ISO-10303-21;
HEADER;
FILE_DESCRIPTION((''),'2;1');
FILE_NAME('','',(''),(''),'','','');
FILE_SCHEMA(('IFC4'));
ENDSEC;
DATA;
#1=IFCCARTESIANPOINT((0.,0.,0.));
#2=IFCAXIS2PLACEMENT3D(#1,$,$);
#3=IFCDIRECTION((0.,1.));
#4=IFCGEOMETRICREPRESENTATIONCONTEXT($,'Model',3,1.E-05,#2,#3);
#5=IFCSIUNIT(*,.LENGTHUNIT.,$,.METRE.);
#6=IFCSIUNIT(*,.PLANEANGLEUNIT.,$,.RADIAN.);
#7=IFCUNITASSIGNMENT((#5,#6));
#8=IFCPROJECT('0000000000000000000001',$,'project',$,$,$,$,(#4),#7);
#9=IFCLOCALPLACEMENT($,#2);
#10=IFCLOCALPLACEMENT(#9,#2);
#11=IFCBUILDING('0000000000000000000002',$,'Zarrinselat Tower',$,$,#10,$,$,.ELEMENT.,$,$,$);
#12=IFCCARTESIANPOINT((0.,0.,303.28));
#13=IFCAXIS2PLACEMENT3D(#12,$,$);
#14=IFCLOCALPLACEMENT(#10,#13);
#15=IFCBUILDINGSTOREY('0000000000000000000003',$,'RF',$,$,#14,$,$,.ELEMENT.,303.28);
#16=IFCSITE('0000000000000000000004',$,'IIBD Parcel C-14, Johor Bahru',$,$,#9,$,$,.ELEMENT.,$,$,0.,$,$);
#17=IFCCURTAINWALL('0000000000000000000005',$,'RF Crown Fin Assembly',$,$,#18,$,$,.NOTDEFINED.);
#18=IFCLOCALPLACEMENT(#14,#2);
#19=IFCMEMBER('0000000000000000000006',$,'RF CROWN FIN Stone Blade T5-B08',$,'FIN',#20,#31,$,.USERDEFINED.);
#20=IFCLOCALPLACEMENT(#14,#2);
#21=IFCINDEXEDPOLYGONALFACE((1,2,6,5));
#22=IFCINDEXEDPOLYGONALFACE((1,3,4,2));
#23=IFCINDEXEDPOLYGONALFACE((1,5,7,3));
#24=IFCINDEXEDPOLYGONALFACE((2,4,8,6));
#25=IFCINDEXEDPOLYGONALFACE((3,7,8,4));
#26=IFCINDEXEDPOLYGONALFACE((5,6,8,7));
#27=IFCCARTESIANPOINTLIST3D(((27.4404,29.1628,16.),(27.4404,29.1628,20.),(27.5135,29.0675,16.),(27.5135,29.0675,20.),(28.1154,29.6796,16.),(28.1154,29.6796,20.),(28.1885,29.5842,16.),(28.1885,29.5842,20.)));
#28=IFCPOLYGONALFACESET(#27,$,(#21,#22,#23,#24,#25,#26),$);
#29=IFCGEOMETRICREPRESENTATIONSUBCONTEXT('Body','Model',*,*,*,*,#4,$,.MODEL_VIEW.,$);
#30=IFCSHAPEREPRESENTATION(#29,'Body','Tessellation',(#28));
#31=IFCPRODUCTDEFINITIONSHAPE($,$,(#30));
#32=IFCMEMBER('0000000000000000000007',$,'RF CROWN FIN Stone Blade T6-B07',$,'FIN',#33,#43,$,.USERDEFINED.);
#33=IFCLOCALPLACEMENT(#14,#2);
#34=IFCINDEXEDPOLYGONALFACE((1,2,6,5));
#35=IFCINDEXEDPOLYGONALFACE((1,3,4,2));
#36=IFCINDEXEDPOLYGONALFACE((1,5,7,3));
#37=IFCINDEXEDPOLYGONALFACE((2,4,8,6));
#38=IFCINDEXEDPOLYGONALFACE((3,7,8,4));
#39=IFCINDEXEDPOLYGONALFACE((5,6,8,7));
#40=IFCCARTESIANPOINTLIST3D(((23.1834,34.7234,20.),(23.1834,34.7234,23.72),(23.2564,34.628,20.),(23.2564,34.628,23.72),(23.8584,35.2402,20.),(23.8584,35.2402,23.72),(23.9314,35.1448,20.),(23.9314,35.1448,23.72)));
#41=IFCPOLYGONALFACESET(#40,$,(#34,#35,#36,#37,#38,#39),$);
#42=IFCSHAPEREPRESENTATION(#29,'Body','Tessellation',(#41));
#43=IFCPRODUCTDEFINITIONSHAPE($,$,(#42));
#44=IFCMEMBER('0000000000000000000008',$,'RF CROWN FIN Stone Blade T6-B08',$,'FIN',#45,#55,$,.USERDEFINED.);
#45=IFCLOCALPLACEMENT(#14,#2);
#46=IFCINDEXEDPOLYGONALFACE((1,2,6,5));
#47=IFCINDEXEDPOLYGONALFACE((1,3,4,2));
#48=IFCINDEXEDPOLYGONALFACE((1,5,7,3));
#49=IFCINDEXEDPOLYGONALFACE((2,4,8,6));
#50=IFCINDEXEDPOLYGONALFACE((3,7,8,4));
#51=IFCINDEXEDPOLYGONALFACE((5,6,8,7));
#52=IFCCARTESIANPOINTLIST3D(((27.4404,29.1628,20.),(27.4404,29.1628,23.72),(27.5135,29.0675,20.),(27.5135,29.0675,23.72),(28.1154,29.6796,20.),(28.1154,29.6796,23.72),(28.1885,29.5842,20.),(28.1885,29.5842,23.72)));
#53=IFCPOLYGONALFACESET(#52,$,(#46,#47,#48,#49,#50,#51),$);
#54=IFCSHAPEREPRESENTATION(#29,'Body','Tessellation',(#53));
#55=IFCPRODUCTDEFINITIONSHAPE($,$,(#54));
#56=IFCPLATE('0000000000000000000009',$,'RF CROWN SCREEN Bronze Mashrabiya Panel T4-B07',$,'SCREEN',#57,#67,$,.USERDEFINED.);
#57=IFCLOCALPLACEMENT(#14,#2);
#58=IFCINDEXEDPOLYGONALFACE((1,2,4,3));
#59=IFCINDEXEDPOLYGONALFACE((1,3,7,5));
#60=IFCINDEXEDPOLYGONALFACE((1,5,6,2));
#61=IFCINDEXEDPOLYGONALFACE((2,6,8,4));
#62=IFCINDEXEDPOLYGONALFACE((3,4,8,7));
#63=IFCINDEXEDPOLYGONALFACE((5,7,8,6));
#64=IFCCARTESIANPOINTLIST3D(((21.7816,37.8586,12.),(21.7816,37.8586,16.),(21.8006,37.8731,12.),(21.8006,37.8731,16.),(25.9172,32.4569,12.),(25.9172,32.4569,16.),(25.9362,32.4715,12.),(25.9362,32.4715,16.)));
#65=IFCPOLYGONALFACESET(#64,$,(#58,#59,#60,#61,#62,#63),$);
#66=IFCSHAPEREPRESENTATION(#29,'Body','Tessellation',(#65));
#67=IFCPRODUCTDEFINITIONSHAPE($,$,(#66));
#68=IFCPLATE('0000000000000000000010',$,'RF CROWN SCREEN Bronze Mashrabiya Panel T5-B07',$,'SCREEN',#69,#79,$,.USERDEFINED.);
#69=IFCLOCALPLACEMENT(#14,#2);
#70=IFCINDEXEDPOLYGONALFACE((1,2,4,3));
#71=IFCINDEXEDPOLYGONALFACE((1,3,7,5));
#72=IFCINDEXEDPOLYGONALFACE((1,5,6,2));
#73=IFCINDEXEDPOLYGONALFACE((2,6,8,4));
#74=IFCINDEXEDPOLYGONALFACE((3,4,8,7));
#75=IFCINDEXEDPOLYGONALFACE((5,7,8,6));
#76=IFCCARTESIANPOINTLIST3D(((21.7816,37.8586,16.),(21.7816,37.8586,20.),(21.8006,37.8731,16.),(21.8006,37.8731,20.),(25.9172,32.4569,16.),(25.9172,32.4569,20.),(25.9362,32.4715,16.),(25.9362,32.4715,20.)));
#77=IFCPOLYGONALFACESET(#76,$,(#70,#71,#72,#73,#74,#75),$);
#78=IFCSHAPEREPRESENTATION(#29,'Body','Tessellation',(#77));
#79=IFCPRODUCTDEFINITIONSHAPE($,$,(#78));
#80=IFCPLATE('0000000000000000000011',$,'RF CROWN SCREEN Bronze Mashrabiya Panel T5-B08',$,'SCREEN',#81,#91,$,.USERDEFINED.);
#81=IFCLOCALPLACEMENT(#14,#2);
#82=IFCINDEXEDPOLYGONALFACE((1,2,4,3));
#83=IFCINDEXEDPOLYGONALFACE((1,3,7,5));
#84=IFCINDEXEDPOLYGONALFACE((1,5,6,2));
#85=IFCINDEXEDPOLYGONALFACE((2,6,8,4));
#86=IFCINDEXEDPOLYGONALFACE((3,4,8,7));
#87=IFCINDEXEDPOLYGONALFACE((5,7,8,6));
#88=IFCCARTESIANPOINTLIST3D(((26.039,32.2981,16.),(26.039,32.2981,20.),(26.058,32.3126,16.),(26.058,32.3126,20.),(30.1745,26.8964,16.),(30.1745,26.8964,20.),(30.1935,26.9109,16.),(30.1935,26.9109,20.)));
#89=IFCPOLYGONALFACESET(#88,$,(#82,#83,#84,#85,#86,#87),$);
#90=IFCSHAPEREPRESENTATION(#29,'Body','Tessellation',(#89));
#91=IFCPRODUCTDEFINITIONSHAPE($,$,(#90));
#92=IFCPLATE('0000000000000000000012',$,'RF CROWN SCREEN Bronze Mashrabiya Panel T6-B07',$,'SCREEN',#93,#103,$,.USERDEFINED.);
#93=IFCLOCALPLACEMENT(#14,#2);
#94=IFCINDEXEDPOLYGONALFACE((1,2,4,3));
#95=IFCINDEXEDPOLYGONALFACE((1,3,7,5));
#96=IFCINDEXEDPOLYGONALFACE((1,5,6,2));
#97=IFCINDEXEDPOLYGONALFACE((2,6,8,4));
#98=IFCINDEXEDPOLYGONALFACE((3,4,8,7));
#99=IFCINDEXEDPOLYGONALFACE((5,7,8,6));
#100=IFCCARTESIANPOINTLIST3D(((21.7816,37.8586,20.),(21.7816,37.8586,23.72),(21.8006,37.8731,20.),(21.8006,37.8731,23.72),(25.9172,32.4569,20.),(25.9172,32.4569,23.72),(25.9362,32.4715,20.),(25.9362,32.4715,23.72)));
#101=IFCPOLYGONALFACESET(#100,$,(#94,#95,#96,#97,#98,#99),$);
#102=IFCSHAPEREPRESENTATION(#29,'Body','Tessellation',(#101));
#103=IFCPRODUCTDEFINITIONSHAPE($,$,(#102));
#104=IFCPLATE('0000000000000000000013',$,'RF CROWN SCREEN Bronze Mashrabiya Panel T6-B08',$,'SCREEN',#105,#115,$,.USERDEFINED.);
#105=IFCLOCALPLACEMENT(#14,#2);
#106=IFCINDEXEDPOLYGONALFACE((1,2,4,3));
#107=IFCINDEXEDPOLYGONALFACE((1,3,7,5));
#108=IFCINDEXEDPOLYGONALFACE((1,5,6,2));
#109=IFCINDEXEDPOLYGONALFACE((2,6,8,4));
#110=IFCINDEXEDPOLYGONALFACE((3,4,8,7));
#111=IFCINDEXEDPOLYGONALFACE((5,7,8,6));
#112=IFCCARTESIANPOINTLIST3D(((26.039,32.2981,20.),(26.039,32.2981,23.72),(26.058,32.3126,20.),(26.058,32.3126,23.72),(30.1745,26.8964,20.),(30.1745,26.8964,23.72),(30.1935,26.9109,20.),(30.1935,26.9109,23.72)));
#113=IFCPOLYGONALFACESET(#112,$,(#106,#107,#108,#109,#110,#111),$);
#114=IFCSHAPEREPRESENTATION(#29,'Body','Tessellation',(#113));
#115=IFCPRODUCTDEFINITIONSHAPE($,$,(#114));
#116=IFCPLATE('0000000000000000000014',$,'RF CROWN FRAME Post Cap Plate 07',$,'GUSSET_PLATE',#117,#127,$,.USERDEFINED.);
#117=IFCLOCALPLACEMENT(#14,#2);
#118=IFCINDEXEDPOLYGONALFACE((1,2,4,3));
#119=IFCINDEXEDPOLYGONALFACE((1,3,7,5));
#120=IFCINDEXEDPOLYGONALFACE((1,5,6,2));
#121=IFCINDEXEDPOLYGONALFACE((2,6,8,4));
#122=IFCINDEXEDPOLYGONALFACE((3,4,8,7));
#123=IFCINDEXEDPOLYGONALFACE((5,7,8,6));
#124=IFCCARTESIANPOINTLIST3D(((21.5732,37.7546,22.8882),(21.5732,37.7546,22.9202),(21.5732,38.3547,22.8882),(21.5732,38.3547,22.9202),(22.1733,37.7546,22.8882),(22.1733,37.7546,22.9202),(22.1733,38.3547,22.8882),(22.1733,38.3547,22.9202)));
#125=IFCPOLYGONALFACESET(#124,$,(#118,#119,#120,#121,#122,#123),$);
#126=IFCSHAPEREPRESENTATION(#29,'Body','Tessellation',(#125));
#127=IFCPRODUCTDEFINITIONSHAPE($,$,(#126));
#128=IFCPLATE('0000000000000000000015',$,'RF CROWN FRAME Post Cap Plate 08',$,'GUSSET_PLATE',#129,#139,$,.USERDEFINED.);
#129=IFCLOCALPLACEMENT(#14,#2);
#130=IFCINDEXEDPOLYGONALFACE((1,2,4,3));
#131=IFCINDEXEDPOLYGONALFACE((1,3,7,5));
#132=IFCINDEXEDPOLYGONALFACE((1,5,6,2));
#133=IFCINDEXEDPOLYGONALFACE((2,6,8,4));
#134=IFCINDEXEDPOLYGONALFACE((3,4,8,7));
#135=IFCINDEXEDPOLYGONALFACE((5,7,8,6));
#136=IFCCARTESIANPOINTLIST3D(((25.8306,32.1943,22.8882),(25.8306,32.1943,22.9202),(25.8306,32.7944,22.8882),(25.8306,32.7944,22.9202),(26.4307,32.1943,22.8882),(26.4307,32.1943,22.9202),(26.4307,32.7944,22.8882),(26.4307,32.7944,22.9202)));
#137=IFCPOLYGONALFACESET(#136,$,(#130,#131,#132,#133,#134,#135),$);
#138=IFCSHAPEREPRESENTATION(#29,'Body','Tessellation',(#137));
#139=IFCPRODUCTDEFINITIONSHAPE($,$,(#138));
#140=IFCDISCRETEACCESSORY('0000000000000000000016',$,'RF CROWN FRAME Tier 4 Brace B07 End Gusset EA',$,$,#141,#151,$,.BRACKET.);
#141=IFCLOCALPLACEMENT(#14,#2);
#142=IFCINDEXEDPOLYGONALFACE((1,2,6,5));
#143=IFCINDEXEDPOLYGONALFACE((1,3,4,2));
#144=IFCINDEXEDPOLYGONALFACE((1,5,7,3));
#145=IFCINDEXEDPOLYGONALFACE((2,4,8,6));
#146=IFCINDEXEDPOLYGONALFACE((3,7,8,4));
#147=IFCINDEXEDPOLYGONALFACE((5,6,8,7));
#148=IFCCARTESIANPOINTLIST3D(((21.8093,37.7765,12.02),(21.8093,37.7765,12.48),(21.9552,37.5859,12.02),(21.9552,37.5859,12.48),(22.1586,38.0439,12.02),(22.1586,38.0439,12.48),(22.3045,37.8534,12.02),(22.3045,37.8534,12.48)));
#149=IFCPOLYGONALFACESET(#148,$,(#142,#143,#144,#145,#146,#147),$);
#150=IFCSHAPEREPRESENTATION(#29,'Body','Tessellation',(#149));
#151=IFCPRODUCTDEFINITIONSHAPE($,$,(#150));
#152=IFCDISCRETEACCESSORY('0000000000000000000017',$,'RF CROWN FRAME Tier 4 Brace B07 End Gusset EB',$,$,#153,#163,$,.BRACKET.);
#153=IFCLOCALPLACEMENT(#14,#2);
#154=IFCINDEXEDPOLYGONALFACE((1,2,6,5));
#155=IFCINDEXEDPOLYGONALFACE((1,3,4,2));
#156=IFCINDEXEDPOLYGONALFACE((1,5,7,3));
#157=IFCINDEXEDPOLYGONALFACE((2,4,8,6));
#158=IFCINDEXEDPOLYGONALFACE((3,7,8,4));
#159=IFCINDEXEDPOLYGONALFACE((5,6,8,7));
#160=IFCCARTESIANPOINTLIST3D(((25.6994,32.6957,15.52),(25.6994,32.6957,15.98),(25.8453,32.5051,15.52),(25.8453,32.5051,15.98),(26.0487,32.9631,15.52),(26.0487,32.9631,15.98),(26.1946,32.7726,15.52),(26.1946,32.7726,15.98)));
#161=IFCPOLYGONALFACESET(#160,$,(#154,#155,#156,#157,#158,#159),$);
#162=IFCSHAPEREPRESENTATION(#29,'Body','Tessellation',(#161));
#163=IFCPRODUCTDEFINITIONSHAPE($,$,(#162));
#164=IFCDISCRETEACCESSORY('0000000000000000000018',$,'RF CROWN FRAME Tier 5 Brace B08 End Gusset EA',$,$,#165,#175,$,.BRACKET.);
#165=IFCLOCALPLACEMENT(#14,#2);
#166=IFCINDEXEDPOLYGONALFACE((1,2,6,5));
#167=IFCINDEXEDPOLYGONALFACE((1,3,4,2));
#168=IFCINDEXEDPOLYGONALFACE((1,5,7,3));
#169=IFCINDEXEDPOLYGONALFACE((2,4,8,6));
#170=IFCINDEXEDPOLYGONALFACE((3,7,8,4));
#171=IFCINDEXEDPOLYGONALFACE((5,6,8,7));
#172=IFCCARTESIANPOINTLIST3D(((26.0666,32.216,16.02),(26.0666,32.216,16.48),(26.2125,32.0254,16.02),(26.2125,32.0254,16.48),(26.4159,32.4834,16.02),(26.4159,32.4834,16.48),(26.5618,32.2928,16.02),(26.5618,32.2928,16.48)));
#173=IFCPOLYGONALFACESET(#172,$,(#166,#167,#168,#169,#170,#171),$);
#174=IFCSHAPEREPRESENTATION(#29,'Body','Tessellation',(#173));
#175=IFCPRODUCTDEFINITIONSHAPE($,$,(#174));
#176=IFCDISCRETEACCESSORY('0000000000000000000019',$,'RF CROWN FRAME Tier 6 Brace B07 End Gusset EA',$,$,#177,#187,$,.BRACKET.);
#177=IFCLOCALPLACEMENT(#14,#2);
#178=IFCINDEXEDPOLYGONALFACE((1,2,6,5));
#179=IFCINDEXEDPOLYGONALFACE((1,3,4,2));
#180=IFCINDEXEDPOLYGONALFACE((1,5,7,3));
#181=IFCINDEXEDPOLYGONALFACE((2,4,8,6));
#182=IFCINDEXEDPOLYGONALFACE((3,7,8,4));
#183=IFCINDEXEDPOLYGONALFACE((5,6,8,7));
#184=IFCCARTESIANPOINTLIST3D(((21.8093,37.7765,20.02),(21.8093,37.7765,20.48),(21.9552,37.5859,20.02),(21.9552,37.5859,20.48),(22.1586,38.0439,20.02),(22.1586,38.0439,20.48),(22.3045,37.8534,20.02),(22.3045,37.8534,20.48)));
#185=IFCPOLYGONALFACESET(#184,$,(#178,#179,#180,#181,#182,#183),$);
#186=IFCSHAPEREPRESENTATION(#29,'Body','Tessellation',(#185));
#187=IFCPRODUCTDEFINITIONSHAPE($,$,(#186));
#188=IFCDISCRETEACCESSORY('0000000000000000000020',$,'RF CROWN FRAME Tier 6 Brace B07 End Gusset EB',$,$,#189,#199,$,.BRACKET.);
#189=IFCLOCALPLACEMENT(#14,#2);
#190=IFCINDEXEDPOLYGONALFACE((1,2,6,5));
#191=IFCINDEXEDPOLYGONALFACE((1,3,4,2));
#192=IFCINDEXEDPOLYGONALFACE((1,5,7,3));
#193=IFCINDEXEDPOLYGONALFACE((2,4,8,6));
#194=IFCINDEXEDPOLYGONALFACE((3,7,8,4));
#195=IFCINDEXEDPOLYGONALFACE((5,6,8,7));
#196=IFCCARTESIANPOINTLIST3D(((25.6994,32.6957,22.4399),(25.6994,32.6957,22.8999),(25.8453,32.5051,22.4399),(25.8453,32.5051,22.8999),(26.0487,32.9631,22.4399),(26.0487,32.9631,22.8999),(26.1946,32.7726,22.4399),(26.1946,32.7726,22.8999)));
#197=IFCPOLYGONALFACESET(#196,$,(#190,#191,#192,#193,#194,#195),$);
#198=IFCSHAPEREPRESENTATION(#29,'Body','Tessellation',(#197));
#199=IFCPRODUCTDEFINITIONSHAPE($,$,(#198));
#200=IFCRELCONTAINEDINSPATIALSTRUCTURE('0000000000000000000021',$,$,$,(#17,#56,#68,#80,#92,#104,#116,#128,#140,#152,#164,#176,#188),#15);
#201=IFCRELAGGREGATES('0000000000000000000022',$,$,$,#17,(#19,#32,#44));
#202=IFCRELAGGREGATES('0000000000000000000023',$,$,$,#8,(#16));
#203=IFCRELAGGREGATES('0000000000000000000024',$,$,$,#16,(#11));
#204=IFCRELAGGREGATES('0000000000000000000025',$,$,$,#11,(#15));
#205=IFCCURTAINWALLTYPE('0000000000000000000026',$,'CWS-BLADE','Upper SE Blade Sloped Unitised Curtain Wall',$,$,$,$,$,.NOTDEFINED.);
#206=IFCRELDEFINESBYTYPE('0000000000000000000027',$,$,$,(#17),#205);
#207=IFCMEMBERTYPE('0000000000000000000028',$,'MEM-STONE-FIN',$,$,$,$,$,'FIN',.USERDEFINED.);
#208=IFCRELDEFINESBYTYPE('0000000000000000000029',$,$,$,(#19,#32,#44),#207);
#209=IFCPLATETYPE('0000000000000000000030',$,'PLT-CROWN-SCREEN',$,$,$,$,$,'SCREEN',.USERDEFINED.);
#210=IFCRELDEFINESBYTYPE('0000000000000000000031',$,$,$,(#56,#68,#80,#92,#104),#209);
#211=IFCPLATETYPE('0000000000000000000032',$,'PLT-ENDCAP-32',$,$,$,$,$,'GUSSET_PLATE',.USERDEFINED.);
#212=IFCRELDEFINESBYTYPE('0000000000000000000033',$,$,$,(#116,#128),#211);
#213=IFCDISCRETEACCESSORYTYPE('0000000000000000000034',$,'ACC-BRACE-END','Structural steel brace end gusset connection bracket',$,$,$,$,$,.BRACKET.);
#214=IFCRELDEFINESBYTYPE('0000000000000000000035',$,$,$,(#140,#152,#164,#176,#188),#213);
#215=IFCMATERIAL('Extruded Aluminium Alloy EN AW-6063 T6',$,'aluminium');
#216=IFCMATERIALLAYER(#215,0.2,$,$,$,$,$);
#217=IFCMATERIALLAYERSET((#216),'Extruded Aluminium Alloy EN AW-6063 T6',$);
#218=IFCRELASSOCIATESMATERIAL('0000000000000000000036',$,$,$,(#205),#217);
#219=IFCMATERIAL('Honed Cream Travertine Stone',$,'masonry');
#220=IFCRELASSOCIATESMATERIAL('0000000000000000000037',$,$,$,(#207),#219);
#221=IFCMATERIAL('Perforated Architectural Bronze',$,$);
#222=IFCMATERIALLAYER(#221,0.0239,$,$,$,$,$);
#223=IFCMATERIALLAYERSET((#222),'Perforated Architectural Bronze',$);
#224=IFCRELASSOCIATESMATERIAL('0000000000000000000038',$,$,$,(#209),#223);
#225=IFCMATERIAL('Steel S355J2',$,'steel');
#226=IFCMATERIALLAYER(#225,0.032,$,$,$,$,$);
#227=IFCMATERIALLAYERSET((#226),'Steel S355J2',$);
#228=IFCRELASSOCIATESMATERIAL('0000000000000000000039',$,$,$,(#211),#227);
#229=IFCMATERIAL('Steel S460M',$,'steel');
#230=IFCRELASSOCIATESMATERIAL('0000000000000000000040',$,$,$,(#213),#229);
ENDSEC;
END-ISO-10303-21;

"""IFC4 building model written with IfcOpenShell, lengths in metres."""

from ifc_helpers import new_model, si_unit, direction, frame, origin, origin_2d, place, context, subcontext, project, spatial, rectangle, extrude, material, layer, layer_set, material_profile, profile_set, type_object, element, aggregate, save


model = new_model("IFC4")

# Units and contexts
model_context = context("Model", 3, precision=1e-05, world=origin(), true_north=direction((0.0, 1.0)))
body_context = subcontext(model_context, "Body", "Model", "MODEL_VIEW")
ifc_project = project(units=[si_unit("LENGTHUNIT", "METRE"), si_unit("PLANEANGLEUNIT", "RADIAN")], contexts=[model_context])

# Site, building, storey
site_placement = place(None, origin())
site = spatial("IfcSite", under=ifc_project, at=site_placement, Name="IIBD Parcel C-14, Johor Bahru", CompositionType="ELEMENT", RefElevation=0.0)
building_placement = place(site_placement, origin())
building = spatial("IfcBuilding", under=site, at=building_placement, Name="Zarrinselat Tower", CompositionType="ELEMENT")
storey_placement = place(building_placement, frame((0.0, 0.0, 303.28)))
storey = spatial("IfcBuildingStorey", under=building, at=storey_placement, Name="RF", CompositionType="ELEMENT", Elevation=303.28)

# Curtain wall, members
ifc_material_1 = material(Name="Extruded Aluminium Alloy EN AW-6063 T6", Category="aluminium")
ifc_layer_1 = layer(ifc_material_1, 0.2)
ifc_layer_set_1 = layer_set([ifc_layer_1], Name="Extruded Aluminium Alloy EN AW-6063 T6")
curtain_wall_type = type_object("IfcCurtainWallType", Name="CWS-BLADE", Description="Upper SE Blade Sloped Unitised Curtain Wall", PredefinedType="NOTDEFINED", material=ifc_layer_set_1)
curtain_wall_placement = place(storey_placement, origin())
curtain_wall = element("IfcCurtainWall", 1, at=curtain_wall_placement, inside=storey, type_object=curtain_wall_type, Name="RF Crown Fin Assembly", PredefinedType="NOTDEFINED")
ifc_material_2 = material(Name="Honed Cream Travertine Stone", Category="masonry")
ifc_material_profile_1 = material_profile(ifc_material_2, rectangle(XDim=0.1201, YDim=0.8501, at=origin_2d()), Name="FIN 850x120")
ifc_profile_set_1 = profile_set([ifc_material_profile_1], Name="Honed Cream Travertine Stone")
member_type_1 = type_object("IfcMemberType", Name="MEM-STONE-FIN", ElementType="FIN", PredefinedType="USERDEFINED", material=ifc_profile_set_1)
member_1_placement = place(storey_placement, frame((27.8145, 29.3735, 16.0), z_axis=(0.0, 0.0, 1.0), x_axis=(-0.607896, 0.794016, 0.0)))
member_1 = element("IfcMember", 2, at=member_1_placement, type_object=member_type_1, Name="RF CROWN FIN Stone Blade T5-B08", ObjectType="FIN", PredefinedType="USERDEFINED", context=body_context, shape_type="SweptSolid", body=[
    extrude(rectangle(XDim=0.1201, YDim=0.8501, at=origin_2d()), origin(), (0.0, 0.0, 1.0), 4.0),
])
member_2_placement = place(storey_placement, frame((23.5574, 34.9341, 20.0), z_axis=(0.0, 0.0, 1.0), x_axis=(-0.607903, 0.794011, 0.0)))
member_2 = element("IfcMember", 3, at=member_2_placement, type_object=member_type_1, Name="RF CROWN FIN Stone Blade T6-B07", ObjectType="FIN", PredefinedType="USERDEFINED", context=body_context, shape_type="SweptSolid", body=[
    extrude(rectangle(XDim=0.1201, YDim=0.8501, at=origin_2d()), origin(), (0.0, 0.0, 1.0), 3.72),
])
member_3_placement = place(storey_placement, frame((27.8145, 29.3735, 20.0), z_axis=(0.0, 0.0, 1.0), x_axis=(-0.607896, 0.794016, 0.0)))
member_3 = element("IfcMember", 4, at=member_3_placement, type_object=member_type_1, Name="RF CROWN FIN Stone Blade T6-B08", ObjectType="FIN", PredefinedType="USERDEFINED", context=body_context, shape_type="SweptSolid", body=[
    extrude(rectangle(XDim=0.1201, YDim=0.8501, at=origin_2d()), origin(), (0.0, 0.0, 1.0), 3.72),
])
aggregate(curtain_wall, [member_1, member_2, member_3])

# Plates
ifc_material_3 = material(Name="Perforated Architectural Bronze")
ifc_layer_2 = layer(ifc_material_3, 0.0239)
ifc_layer_set_2 = layer_set([ifc_layer_2], Name="Perforated Architectural Bronze")
plate_type_1 = type_object("IfcPlateType", Name="PLT-CROWN-SCREEN", ElementType="SCREEN", PredefinedType="USERDEFINED", material=ifc_layer_set_2)
for number, where, z_axis, x_axis, name in (
    (5, (23.8589, 35.165, 12.0), (0.0, 0.0, 1.0), (0.607903, -0.794011, 0.0), "RF CROWN SCREEN Bronze Mashrabiya Panel T4-B07"),
    (6, (23.8589, 35.165, 16.0), (0.0, 0.0, 1.0), (0.607903, -0.794011, 0.0), "RF CROWN SCREEN Bronze Mashrabiya Panel T5-B07"),
    (7, (28.1162, 29.6045, 16.0), (0.0, 0.0, 1.0), (0.607896, -0.794016, 0.0), "RF CROWN SCREEN Bronze Mashrabiya Panel T5-B08"),
):
    element("IfcPlate", number, at=place(storey_placement, frame(where, z_axis=z_axis, x_axis=x_axis)), inside=storey, type_object=plate_type_1, Name=name, ObjectType="SCREEN", PredefinedType="USERDEFINED", context=body_context, shape_type="SweptSolid", body=[
        extrude(rectangle(XDim=6.803, YDim=0.0239, at=origin_2d()), origin(), (0.0, 0.0, 1.0), 4.0),
    ])
for number, where, z_axis, x_axis, name in (
    (8, (23.8589, 35.165, 20.0), (0.0, 0.0, 1.0), (0.607903, -0.794011, 0.0), "RF CROWN SCREEN Bronze Mashrabiya Panel T6-B07"),
    (9, (28.1162, 29.6045, 20.0), (0.0, 0.0, 1.0), (0.607896, -0.794016, 0.0), "RF CROWN SCREEN Bronze Mashrabiya Panel T6-B08"),
):
    element("IfcPlate", number, at=place(storey_placement, frame(where, z_axis=z_axis, x_axis=x_axis)), inside=storey, type_object=plate_type_1, Name=name, ObjectType="SCREEN", PredefinedType="USERDEFINED", context=body_context, shape_type="SweptSolid", body=[
        extrude(rectangle(XDim=6.803, YDim=0.0239, at=origin_2d()), origin(), (0.0, 0.0, 1.0), 3.72),
    ])
ifc_material_4 = material(Name="Steel S355J2", Category="steel")
ifc_layer_3 = layer(ifc_material_4, 0.032)
ifc_layer_set_3 = layer_set([ifc_layer_3], Name="Steel S355J2")
plate_type_2 = type_object("IfcPlateType", Name="PLT-ENDCAP-32", ElementType="GUSSET_PLATE", PredefinedType="USERDEFINED", material=ifc_layer_set_3)
for number, where, z_axis, x_axis, name in (
    (10, (21.8733, 38.0547, 22.8882), (0.0, 0.0, 1.0), (1.0, 0.0, 0.0), "RF CROWN FRAME Post Cap Plate 07"),
    (11, (26.1306, 32.4944, 22.8882), (0.0, 0.0, 1.0), (1.0, 0.0, 0.0), "RF CROWN FRAME Post Cap Plate 08"),
):
    element("IfcPlate", number, at=place(storey_placement, frame(where, z_axis=z_axis, x_axis=x_axis)), inside=storey, type_object=plate_type_2, Name=name, ObjectType="GUSSET_PLATE", PredefinedType="USERDEFINED", context=body_context, shape_type="SweptSolid", body=[
        extrude(rectangle(XDim=0.6001, YDim=0.6001, at=origin_2d()), origin(), (0.0, 0.0, 1.0), 0.032),
    ])

# Discrete accessories
ifc_material_5 = material(Name="Steel S460M", Category="steel")
discrete_accessory_type = type_object("IfcDiscreteAccessoryType", Name="ACC-BRACE-END", Description="Structural steel brace end gusset connection bracket", PredefinedType="BRACKET", material=ifc_material_5)
for number, where, z_axis, x_axis, name in (
    (12, (22.0569, 37.8149, 12.02), (0.0, 0.0, 1.0), (0.607903, -0.794011, 0.0), "RF CROWN FRAME Tier 4 Brace B07 End Gusset EA"),
    (13, (25.947, 32.7341, 15.52), (0.0, 0.0, 1.0), (0.607903, -0.794011, 0.0), "RF CROWN FRAME Tier 4 Brace B07 End Gusset EB"),
    (14, (26.3142, 32.2544, 16.02), (0.0, 0.0, 1.0), (0.607896, -0.794016, 0.0), "RF CROWN FRAME Tier 5 Brace B08 End Gusset EA"),
    (15, (22.0569, 37.8149, 20.02), (0.0, 0.0, 1.0), (0.607903, -0.794011, 0.0), "RF CROWN FRAME Tier 6 Brace B07 End Gusset EA"),
    (16, (25.947, 32.7341, 22.4399), (0.0, 0.0, 1.0), (0.607903, -0.794011, 0.0), "RF CROWN FRAME Tier 6 Brace B07 End Gusset EB"),
):
    element("IfcDiscreteAccessory", number, at=place(storey_placement, frame(where, z_axis=z_axis, x_axis=x_axis)), inside=storey, type_object=discrete_accessory_type, Name=name, PredefinedType="BRACKET", context=body_context, shape_type="SweptSolid", body=[
        extrude(rectangle(XDim=0.24, YDim=0.4399, at=origin_2d()), origin(), (0.0, 0.0, 1.0), 0.46),
    ])

save(model, "model.ifc")
